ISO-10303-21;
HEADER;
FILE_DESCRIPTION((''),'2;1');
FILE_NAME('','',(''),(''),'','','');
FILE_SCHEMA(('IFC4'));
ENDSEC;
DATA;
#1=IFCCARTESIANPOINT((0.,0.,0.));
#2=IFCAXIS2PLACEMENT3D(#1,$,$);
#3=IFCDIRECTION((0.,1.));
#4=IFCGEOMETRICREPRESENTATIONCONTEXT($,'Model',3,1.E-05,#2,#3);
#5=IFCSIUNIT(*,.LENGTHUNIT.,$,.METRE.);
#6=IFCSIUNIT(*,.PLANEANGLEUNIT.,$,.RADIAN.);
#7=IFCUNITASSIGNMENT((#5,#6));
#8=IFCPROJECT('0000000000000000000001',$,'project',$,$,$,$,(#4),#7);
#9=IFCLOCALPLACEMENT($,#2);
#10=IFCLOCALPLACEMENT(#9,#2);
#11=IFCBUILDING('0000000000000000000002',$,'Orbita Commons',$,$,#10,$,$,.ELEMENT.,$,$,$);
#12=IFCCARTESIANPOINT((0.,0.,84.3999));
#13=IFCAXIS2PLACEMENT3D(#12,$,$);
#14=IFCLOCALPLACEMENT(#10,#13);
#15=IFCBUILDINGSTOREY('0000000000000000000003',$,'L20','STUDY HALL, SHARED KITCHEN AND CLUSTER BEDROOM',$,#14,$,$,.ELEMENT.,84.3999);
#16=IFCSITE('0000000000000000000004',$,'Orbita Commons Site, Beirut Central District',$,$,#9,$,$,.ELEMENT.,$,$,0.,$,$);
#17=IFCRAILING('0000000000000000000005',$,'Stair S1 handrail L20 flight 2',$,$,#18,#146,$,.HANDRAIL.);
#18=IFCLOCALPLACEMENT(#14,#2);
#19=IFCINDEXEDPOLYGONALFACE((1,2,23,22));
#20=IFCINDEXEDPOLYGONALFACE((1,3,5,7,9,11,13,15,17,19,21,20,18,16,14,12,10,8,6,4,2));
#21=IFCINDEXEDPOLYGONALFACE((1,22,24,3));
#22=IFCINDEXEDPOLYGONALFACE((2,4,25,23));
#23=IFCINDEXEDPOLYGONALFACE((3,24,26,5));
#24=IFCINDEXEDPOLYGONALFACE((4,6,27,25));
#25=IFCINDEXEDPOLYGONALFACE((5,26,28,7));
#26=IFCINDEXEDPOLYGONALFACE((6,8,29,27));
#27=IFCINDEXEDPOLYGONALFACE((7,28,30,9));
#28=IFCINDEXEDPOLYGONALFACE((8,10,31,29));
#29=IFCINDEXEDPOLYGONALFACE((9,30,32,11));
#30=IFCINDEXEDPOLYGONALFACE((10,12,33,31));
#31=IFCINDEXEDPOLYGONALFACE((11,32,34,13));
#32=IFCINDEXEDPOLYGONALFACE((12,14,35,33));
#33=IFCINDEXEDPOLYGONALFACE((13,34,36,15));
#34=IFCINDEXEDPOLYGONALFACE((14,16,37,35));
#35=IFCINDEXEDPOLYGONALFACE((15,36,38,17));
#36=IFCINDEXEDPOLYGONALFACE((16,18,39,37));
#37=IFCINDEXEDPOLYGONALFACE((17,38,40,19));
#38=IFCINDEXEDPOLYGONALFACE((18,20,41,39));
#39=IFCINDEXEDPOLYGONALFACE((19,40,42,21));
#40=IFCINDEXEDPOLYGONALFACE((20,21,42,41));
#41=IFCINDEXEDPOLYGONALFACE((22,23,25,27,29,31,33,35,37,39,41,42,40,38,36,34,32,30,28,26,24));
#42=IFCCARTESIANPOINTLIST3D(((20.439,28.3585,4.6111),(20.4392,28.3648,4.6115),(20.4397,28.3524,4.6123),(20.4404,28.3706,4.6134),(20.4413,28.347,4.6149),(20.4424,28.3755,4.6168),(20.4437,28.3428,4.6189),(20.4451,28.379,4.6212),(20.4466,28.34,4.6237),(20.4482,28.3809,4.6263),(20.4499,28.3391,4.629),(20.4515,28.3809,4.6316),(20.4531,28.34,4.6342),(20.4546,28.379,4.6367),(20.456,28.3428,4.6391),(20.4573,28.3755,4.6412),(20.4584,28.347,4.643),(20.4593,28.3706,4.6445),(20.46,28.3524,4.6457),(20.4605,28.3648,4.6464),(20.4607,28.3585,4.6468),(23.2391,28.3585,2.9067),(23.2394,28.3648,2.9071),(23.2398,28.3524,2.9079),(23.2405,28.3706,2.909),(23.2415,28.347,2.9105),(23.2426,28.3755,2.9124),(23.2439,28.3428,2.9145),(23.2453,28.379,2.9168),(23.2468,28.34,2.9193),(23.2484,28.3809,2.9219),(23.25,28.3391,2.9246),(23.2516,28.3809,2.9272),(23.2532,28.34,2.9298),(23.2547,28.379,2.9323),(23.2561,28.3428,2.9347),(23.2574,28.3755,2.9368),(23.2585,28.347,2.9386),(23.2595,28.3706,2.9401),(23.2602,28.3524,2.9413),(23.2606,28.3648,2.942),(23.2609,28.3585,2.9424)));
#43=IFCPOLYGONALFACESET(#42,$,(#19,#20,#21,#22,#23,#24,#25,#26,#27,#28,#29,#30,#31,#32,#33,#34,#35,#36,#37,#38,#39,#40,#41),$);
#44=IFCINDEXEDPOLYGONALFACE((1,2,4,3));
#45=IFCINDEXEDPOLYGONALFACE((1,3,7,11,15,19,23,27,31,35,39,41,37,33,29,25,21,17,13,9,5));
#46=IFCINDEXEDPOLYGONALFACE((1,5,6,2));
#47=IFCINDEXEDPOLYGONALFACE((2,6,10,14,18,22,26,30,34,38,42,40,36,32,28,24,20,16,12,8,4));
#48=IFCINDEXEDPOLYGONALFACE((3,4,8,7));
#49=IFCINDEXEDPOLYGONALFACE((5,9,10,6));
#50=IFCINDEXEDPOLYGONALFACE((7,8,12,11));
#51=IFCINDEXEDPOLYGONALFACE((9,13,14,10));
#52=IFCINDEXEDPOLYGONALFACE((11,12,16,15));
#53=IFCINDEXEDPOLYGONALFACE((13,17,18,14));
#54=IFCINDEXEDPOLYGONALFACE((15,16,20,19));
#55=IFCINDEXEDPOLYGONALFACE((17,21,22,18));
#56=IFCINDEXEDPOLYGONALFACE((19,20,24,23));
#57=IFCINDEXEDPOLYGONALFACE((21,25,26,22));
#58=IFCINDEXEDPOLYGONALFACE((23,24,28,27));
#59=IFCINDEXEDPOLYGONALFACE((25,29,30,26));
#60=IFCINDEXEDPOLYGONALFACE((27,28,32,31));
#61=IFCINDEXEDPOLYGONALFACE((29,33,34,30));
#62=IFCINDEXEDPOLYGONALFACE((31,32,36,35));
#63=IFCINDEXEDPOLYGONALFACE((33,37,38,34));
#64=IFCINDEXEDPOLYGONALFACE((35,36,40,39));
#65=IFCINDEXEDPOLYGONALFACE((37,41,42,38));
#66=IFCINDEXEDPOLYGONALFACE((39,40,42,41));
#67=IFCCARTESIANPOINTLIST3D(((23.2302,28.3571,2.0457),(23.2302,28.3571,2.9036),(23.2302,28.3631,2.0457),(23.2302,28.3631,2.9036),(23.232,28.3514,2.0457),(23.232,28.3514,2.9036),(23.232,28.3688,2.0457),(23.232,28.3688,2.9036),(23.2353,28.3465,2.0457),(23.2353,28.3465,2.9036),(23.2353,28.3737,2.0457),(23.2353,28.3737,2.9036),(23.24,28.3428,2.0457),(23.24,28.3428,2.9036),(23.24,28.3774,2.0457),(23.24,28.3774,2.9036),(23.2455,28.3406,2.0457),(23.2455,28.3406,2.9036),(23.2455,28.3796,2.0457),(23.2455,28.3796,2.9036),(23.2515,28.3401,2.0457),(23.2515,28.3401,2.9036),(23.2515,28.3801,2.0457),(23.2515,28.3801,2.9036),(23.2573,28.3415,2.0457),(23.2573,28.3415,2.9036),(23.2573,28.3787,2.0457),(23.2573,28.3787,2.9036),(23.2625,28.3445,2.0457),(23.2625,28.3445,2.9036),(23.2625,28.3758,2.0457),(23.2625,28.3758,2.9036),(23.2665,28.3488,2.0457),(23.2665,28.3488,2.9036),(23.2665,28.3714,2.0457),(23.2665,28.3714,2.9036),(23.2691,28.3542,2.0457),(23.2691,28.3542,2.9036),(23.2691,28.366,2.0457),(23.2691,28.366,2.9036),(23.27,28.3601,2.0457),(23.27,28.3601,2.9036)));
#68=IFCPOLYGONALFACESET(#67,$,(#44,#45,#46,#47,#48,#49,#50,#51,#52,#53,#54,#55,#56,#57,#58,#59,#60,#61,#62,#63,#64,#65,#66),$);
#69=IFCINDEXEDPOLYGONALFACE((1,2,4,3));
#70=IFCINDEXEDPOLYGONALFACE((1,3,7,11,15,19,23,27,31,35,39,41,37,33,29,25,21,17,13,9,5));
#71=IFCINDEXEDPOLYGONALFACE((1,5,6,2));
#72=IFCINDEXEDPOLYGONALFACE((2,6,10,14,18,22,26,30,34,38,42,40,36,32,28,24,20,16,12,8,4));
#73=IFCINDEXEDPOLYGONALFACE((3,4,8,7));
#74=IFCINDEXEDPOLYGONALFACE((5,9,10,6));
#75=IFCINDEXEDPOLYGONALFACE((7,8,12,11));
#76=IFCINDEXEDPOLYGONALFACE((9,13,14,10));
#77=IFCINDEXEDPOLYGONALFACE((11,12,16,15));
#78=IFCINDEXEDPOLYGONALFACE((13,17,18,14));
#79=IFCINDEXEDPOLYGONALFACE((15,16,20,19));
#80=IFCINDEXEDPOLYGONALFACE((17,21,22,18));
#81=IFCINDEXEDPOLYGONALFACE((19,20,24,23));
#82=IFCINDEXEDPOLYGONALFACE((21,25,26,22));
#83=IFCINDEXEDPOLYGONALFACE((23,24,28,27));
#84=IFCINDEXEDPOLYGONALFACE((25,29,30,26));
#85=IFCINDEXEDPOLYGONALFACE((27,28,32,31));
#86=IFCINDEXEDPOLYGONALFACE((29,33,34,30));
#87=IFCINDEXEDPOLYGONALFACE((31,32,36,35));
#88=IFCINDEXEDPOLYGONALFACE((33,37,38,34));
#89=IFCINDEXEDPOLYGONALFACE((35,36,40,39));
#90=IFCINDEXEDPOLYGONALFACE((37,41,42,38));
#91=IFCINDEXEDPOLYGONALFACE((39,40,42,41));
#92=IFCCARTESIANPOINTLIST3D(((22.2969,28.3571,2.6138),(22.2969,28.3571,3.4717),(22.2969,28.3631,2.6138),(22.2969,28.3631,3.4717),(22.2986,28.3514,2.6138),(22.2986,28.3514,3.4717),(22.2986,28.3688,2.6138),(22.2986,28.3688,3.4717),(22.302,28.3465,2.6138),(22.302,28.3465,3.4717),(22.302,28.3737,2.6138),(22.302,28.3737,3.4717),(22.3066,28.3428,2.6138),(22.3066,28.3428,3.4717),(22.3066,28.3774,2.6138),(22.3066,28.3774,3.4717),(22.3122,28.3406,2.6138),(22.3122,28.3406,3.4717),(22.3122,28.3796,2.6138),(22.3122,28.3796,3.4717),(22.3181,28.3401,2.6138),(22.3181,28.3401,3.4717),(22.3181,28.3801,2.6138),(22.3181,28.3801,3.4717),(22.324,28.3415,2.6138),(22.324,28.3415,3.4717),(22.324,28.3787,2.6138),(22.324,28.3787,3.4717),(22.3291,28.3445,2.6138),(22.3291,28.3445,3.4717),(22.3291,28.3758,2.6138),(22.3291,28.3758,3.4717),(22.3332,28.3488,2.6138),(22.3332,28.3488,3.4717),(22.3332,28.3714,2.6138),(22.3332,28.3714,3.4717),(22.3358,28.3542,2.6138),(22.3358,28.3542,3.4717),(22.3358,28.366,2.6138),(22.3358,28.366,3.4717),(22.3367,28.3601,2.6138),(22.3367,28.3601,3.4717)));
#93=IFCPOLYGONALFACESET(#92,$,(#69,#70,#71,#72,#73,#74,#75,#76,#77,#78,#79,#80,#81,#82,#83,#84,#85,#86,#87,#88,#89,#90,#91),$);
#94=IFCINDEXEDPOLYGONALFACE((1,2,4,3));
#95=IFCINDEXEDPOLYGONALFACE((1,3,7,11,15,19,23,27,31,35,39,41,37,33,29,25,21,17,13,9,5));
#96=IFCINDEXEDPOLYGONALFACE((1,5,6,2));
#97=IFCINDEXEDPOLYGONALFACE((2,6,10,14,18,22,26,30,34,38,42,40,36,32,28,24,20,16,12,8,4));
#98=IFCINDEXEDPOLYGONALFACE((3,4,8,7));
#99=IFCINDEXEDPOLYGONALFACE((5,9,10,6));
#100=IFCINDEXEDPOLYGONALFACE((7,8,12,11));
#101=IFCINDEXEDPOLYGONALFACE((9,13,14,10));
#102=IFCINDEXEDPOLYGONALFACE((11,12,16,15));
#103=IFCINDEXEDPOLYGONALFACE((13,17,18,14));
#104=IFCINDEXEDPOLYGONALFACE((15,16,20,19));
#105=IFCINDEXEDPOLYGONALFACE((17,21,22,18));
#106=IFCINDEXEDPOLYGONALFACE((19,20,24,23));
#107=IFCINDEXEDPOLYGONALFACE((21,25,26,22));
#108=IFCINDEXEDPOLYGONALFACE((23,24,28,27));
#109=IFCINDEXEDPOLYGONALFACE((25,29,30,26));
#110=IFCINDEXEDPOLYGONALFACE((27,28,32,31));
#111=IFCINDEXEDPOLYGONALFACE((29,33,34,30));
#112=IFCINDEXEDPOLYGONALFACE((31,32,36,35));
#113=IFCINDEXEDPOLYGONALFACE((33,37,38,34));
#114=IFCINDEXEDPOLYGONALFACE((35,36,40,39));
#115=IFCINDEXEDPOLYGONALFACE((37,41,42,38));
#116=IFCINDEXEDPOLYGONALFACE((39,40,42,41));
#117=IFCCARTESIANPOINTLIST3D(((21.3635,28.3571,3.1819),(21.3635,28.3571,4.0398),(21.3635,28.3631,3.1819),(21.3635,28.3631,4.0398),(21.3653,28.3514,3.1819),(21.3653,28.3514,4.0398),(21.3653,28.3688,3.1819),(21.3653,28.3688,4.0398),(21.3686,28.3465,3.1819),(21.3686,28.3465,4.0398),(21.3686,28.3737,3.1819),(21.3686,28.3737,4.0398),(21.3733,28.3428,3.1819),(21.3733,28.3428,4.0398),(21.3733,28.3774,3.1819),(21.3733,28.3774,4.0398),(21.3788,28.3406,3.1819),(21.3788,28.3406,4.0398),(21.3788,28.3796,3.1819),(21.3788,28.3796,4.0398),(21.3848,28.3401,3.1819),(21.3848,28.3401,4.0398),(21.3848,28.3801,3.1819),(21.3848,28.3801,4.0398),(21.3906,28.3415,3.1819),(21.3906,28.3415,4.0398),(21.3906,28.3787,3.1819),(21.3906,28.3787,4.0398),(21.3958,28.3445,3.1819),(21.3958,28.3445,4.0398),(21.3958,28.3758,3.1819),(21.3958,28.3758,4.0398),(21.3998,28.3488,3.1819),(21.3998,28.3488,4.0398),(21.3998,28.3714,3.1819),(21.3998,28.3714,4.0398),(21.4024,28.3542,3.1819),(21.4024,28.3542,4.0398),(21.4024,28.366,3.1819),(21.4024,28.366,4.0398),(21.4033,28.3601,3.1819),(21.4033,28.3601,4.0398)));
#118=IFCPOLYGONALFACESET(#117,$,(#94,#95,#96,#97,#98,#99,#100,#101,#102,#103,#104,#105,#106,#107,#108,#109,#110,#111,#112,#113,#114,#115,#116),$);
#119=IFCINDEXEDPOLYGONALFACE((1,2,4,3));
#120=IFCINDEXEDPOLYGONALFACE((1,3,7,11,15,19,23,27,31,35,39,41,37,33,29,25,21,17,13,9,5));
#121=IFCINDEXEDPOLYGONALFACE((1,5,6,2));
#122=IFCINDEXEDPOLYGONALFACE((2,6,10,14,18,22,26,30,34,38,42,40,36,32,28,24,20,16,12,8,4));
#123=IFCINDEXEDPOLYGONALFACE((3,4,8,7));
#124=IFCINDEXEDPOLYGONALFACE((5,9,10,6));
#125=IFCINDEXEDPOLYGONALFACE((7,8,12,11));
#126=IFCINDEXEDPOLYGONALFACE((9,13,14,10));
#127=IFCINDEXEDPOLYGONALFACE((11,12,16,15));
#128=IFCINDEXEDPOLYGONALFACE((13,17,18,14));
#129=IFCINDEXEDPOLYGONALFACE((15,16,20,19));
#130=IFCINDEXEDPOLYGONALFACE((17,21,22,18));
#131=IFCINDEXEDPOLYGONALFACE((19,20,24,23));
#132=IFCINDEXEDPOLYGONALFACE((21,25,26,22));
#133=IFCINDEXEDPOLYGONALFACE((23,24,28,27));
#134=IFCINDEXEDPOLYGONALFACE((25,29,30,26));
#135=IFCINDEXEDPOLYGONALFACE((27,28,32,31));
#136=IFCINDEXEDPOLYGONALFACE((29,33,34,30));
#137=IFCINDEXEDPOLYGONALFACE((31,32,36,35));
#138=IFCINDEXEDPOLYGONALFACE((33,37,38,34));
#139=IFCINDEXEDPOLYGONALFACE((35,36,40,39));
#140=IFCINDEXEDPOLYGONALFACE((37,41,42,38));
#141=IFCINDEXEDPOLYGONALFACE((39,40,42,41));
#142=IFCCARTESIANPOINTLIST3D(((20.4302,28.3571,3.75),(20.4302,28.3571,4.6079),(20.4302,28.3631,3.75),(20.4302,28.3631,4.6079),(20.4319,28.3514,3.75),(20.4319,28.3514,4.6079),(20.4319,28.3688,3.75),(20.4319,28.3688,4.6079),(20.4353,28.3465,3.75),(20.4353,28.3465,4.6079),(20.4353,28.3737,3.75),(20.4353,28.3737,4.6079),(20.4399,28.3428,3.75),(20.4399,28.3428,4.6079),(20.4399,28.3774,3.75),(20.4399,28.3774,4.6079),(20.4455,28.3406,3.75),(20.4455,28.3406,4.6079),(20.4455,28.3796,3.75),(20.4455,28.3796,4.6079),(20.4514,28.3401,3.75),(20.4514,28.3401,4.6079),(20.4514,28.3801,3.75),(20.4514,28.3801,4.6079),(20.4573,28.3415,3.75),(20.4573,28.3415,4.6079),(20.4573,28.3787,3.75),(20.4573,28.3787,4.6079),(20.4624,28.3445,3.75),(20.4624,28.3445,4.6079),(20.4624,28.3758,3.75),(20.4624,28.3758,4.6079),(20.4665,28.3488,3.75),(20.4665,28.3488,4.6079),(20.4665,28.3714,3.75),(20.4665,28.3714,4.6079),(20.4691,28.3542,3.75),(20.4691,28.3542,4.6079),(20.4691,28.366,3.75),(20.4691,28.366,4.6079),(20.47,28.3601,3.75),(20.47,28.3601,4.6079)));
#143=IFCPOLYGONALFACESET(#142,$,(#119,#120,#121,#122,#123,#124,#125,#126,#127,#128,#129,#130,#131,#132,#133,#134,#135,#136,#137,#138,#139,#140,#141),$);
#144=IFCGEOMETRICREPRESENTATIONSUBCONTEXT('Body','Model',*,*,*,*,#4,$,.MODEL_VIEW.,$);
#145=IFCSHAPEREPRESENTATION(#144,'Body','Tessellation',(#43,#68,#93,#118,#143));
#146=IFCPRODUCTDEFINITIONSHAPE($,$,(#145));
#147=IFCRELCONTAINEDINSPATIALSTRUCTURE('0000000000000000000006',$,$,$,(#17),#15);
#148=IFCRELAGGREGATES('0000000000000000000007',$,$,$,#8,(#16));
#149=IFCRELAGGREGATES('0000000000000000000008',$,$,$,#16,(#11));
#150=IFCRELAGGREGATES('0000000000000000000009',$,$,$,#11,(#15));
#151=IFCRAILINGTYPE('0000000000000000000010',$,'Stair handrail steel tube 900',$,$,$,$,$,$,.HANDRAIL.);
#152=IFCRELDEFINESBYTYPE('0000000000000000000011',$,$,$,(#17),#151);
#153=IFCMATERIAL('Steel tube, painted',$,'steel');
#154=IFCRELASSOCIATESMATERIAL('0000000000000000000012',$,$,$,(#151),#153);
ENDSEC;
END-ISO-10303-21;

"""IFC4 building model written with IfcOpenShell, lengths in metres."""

from ifc_helpers import new_model, si_unit, direction, frame, origin, origin_2d, place, context, subcontext, project, spatial, circle, extrude, material, type_object, element, save


model = new_model("IFC4")

# Units and contexts
model_context = context("Model", 3, precision=1e-05, world=origin(), true_north=direction((0.0, 1.0)))
body_context = subcontext(model_context, "Body", "Model", "MODEL_VIEW")
ifc_project = project(units=[si_unit("LENGTHUNIT", "METRE"), si_unit("PLANEANGLEUNIT", "RADIAN")], contexts=[model_context])

# Site, building, storey
site_placement = place(None, origin())
site = spatial("IfcSite", under=ifc_project, at=site_placement, Name="Orbita Commons Site, Beirut Central District", CompositionType="ELEMENT", RefElevation=0.0)
building_placement = place(site_placement, origin())
building = spatial("IfcBuilding", under=site, at=building_placement, Name="Orbita Commons", CompositionType="ELEMENT")
storey_placement = place(building_placement, frame((0.0, 0.0, 84.3999)))
storey = spatial("IfcBuildingStorey", under=building, at=storey_placement, Name="L20", Description="STUDY HALL, SHARED KITCHEN AND CLUSTER BEDROOM", CompositionType="ELEMENT", Elevation=84.3999)

# Railing
ifc_material_1 = material(Name="Steel tube, painted", Category="steel")
railing_type = type_object("IfcRailingType", Name="Stair handrail steel tube 900", PredefinedType="HANDRAIL", material=ifc_material_1)
for number, where, name in (
    (1, (23.25, 28.3601, 2.0457), "Stair S1 handrail L20 flight 2"),
):
    element("IfcRailing", number, at=place(storey_placement, frame(where)), inside=storey, type_object=railing_type, Name=name, PredefinedType="HANDRAIL", context=body_context, shape_type="SweptSolid", body=[
        extrude(circle(Radius=0.021, at=origin_2d()), frame((0.0, 0.0, 0.8789), z_axis=(-0.854203, 0.0, 0.51994), x_axis=(0.0, -1.0, 0.0)), (0.0, 0.0, 1.0), 3.2781),
        extrude(circle(Radius=0.02, at=origin_2d()), origin(), (0.0, 0.0, 1.0), 0.8579),
        extrude(circle(Radius=0.02, at=origin_2d()), frame((-0.9333, 0.0, 0.5681)), (0.0, 0.0, 1.0), 0.8579),
        extrude(circle(Radius=0.02, at=origin_2d()), frame((-1.8667, 0.0, 1.1362)), (0.0, 0.0, 1.0), 0.8579),
        extrude(circle(Radius=0.02, at=origin_2d()), frame((-2.8, 0.0, 1.7043)), (0.0, 0.0, 1.0), 0.8579),
    ])

save(model, "model.ifc")
